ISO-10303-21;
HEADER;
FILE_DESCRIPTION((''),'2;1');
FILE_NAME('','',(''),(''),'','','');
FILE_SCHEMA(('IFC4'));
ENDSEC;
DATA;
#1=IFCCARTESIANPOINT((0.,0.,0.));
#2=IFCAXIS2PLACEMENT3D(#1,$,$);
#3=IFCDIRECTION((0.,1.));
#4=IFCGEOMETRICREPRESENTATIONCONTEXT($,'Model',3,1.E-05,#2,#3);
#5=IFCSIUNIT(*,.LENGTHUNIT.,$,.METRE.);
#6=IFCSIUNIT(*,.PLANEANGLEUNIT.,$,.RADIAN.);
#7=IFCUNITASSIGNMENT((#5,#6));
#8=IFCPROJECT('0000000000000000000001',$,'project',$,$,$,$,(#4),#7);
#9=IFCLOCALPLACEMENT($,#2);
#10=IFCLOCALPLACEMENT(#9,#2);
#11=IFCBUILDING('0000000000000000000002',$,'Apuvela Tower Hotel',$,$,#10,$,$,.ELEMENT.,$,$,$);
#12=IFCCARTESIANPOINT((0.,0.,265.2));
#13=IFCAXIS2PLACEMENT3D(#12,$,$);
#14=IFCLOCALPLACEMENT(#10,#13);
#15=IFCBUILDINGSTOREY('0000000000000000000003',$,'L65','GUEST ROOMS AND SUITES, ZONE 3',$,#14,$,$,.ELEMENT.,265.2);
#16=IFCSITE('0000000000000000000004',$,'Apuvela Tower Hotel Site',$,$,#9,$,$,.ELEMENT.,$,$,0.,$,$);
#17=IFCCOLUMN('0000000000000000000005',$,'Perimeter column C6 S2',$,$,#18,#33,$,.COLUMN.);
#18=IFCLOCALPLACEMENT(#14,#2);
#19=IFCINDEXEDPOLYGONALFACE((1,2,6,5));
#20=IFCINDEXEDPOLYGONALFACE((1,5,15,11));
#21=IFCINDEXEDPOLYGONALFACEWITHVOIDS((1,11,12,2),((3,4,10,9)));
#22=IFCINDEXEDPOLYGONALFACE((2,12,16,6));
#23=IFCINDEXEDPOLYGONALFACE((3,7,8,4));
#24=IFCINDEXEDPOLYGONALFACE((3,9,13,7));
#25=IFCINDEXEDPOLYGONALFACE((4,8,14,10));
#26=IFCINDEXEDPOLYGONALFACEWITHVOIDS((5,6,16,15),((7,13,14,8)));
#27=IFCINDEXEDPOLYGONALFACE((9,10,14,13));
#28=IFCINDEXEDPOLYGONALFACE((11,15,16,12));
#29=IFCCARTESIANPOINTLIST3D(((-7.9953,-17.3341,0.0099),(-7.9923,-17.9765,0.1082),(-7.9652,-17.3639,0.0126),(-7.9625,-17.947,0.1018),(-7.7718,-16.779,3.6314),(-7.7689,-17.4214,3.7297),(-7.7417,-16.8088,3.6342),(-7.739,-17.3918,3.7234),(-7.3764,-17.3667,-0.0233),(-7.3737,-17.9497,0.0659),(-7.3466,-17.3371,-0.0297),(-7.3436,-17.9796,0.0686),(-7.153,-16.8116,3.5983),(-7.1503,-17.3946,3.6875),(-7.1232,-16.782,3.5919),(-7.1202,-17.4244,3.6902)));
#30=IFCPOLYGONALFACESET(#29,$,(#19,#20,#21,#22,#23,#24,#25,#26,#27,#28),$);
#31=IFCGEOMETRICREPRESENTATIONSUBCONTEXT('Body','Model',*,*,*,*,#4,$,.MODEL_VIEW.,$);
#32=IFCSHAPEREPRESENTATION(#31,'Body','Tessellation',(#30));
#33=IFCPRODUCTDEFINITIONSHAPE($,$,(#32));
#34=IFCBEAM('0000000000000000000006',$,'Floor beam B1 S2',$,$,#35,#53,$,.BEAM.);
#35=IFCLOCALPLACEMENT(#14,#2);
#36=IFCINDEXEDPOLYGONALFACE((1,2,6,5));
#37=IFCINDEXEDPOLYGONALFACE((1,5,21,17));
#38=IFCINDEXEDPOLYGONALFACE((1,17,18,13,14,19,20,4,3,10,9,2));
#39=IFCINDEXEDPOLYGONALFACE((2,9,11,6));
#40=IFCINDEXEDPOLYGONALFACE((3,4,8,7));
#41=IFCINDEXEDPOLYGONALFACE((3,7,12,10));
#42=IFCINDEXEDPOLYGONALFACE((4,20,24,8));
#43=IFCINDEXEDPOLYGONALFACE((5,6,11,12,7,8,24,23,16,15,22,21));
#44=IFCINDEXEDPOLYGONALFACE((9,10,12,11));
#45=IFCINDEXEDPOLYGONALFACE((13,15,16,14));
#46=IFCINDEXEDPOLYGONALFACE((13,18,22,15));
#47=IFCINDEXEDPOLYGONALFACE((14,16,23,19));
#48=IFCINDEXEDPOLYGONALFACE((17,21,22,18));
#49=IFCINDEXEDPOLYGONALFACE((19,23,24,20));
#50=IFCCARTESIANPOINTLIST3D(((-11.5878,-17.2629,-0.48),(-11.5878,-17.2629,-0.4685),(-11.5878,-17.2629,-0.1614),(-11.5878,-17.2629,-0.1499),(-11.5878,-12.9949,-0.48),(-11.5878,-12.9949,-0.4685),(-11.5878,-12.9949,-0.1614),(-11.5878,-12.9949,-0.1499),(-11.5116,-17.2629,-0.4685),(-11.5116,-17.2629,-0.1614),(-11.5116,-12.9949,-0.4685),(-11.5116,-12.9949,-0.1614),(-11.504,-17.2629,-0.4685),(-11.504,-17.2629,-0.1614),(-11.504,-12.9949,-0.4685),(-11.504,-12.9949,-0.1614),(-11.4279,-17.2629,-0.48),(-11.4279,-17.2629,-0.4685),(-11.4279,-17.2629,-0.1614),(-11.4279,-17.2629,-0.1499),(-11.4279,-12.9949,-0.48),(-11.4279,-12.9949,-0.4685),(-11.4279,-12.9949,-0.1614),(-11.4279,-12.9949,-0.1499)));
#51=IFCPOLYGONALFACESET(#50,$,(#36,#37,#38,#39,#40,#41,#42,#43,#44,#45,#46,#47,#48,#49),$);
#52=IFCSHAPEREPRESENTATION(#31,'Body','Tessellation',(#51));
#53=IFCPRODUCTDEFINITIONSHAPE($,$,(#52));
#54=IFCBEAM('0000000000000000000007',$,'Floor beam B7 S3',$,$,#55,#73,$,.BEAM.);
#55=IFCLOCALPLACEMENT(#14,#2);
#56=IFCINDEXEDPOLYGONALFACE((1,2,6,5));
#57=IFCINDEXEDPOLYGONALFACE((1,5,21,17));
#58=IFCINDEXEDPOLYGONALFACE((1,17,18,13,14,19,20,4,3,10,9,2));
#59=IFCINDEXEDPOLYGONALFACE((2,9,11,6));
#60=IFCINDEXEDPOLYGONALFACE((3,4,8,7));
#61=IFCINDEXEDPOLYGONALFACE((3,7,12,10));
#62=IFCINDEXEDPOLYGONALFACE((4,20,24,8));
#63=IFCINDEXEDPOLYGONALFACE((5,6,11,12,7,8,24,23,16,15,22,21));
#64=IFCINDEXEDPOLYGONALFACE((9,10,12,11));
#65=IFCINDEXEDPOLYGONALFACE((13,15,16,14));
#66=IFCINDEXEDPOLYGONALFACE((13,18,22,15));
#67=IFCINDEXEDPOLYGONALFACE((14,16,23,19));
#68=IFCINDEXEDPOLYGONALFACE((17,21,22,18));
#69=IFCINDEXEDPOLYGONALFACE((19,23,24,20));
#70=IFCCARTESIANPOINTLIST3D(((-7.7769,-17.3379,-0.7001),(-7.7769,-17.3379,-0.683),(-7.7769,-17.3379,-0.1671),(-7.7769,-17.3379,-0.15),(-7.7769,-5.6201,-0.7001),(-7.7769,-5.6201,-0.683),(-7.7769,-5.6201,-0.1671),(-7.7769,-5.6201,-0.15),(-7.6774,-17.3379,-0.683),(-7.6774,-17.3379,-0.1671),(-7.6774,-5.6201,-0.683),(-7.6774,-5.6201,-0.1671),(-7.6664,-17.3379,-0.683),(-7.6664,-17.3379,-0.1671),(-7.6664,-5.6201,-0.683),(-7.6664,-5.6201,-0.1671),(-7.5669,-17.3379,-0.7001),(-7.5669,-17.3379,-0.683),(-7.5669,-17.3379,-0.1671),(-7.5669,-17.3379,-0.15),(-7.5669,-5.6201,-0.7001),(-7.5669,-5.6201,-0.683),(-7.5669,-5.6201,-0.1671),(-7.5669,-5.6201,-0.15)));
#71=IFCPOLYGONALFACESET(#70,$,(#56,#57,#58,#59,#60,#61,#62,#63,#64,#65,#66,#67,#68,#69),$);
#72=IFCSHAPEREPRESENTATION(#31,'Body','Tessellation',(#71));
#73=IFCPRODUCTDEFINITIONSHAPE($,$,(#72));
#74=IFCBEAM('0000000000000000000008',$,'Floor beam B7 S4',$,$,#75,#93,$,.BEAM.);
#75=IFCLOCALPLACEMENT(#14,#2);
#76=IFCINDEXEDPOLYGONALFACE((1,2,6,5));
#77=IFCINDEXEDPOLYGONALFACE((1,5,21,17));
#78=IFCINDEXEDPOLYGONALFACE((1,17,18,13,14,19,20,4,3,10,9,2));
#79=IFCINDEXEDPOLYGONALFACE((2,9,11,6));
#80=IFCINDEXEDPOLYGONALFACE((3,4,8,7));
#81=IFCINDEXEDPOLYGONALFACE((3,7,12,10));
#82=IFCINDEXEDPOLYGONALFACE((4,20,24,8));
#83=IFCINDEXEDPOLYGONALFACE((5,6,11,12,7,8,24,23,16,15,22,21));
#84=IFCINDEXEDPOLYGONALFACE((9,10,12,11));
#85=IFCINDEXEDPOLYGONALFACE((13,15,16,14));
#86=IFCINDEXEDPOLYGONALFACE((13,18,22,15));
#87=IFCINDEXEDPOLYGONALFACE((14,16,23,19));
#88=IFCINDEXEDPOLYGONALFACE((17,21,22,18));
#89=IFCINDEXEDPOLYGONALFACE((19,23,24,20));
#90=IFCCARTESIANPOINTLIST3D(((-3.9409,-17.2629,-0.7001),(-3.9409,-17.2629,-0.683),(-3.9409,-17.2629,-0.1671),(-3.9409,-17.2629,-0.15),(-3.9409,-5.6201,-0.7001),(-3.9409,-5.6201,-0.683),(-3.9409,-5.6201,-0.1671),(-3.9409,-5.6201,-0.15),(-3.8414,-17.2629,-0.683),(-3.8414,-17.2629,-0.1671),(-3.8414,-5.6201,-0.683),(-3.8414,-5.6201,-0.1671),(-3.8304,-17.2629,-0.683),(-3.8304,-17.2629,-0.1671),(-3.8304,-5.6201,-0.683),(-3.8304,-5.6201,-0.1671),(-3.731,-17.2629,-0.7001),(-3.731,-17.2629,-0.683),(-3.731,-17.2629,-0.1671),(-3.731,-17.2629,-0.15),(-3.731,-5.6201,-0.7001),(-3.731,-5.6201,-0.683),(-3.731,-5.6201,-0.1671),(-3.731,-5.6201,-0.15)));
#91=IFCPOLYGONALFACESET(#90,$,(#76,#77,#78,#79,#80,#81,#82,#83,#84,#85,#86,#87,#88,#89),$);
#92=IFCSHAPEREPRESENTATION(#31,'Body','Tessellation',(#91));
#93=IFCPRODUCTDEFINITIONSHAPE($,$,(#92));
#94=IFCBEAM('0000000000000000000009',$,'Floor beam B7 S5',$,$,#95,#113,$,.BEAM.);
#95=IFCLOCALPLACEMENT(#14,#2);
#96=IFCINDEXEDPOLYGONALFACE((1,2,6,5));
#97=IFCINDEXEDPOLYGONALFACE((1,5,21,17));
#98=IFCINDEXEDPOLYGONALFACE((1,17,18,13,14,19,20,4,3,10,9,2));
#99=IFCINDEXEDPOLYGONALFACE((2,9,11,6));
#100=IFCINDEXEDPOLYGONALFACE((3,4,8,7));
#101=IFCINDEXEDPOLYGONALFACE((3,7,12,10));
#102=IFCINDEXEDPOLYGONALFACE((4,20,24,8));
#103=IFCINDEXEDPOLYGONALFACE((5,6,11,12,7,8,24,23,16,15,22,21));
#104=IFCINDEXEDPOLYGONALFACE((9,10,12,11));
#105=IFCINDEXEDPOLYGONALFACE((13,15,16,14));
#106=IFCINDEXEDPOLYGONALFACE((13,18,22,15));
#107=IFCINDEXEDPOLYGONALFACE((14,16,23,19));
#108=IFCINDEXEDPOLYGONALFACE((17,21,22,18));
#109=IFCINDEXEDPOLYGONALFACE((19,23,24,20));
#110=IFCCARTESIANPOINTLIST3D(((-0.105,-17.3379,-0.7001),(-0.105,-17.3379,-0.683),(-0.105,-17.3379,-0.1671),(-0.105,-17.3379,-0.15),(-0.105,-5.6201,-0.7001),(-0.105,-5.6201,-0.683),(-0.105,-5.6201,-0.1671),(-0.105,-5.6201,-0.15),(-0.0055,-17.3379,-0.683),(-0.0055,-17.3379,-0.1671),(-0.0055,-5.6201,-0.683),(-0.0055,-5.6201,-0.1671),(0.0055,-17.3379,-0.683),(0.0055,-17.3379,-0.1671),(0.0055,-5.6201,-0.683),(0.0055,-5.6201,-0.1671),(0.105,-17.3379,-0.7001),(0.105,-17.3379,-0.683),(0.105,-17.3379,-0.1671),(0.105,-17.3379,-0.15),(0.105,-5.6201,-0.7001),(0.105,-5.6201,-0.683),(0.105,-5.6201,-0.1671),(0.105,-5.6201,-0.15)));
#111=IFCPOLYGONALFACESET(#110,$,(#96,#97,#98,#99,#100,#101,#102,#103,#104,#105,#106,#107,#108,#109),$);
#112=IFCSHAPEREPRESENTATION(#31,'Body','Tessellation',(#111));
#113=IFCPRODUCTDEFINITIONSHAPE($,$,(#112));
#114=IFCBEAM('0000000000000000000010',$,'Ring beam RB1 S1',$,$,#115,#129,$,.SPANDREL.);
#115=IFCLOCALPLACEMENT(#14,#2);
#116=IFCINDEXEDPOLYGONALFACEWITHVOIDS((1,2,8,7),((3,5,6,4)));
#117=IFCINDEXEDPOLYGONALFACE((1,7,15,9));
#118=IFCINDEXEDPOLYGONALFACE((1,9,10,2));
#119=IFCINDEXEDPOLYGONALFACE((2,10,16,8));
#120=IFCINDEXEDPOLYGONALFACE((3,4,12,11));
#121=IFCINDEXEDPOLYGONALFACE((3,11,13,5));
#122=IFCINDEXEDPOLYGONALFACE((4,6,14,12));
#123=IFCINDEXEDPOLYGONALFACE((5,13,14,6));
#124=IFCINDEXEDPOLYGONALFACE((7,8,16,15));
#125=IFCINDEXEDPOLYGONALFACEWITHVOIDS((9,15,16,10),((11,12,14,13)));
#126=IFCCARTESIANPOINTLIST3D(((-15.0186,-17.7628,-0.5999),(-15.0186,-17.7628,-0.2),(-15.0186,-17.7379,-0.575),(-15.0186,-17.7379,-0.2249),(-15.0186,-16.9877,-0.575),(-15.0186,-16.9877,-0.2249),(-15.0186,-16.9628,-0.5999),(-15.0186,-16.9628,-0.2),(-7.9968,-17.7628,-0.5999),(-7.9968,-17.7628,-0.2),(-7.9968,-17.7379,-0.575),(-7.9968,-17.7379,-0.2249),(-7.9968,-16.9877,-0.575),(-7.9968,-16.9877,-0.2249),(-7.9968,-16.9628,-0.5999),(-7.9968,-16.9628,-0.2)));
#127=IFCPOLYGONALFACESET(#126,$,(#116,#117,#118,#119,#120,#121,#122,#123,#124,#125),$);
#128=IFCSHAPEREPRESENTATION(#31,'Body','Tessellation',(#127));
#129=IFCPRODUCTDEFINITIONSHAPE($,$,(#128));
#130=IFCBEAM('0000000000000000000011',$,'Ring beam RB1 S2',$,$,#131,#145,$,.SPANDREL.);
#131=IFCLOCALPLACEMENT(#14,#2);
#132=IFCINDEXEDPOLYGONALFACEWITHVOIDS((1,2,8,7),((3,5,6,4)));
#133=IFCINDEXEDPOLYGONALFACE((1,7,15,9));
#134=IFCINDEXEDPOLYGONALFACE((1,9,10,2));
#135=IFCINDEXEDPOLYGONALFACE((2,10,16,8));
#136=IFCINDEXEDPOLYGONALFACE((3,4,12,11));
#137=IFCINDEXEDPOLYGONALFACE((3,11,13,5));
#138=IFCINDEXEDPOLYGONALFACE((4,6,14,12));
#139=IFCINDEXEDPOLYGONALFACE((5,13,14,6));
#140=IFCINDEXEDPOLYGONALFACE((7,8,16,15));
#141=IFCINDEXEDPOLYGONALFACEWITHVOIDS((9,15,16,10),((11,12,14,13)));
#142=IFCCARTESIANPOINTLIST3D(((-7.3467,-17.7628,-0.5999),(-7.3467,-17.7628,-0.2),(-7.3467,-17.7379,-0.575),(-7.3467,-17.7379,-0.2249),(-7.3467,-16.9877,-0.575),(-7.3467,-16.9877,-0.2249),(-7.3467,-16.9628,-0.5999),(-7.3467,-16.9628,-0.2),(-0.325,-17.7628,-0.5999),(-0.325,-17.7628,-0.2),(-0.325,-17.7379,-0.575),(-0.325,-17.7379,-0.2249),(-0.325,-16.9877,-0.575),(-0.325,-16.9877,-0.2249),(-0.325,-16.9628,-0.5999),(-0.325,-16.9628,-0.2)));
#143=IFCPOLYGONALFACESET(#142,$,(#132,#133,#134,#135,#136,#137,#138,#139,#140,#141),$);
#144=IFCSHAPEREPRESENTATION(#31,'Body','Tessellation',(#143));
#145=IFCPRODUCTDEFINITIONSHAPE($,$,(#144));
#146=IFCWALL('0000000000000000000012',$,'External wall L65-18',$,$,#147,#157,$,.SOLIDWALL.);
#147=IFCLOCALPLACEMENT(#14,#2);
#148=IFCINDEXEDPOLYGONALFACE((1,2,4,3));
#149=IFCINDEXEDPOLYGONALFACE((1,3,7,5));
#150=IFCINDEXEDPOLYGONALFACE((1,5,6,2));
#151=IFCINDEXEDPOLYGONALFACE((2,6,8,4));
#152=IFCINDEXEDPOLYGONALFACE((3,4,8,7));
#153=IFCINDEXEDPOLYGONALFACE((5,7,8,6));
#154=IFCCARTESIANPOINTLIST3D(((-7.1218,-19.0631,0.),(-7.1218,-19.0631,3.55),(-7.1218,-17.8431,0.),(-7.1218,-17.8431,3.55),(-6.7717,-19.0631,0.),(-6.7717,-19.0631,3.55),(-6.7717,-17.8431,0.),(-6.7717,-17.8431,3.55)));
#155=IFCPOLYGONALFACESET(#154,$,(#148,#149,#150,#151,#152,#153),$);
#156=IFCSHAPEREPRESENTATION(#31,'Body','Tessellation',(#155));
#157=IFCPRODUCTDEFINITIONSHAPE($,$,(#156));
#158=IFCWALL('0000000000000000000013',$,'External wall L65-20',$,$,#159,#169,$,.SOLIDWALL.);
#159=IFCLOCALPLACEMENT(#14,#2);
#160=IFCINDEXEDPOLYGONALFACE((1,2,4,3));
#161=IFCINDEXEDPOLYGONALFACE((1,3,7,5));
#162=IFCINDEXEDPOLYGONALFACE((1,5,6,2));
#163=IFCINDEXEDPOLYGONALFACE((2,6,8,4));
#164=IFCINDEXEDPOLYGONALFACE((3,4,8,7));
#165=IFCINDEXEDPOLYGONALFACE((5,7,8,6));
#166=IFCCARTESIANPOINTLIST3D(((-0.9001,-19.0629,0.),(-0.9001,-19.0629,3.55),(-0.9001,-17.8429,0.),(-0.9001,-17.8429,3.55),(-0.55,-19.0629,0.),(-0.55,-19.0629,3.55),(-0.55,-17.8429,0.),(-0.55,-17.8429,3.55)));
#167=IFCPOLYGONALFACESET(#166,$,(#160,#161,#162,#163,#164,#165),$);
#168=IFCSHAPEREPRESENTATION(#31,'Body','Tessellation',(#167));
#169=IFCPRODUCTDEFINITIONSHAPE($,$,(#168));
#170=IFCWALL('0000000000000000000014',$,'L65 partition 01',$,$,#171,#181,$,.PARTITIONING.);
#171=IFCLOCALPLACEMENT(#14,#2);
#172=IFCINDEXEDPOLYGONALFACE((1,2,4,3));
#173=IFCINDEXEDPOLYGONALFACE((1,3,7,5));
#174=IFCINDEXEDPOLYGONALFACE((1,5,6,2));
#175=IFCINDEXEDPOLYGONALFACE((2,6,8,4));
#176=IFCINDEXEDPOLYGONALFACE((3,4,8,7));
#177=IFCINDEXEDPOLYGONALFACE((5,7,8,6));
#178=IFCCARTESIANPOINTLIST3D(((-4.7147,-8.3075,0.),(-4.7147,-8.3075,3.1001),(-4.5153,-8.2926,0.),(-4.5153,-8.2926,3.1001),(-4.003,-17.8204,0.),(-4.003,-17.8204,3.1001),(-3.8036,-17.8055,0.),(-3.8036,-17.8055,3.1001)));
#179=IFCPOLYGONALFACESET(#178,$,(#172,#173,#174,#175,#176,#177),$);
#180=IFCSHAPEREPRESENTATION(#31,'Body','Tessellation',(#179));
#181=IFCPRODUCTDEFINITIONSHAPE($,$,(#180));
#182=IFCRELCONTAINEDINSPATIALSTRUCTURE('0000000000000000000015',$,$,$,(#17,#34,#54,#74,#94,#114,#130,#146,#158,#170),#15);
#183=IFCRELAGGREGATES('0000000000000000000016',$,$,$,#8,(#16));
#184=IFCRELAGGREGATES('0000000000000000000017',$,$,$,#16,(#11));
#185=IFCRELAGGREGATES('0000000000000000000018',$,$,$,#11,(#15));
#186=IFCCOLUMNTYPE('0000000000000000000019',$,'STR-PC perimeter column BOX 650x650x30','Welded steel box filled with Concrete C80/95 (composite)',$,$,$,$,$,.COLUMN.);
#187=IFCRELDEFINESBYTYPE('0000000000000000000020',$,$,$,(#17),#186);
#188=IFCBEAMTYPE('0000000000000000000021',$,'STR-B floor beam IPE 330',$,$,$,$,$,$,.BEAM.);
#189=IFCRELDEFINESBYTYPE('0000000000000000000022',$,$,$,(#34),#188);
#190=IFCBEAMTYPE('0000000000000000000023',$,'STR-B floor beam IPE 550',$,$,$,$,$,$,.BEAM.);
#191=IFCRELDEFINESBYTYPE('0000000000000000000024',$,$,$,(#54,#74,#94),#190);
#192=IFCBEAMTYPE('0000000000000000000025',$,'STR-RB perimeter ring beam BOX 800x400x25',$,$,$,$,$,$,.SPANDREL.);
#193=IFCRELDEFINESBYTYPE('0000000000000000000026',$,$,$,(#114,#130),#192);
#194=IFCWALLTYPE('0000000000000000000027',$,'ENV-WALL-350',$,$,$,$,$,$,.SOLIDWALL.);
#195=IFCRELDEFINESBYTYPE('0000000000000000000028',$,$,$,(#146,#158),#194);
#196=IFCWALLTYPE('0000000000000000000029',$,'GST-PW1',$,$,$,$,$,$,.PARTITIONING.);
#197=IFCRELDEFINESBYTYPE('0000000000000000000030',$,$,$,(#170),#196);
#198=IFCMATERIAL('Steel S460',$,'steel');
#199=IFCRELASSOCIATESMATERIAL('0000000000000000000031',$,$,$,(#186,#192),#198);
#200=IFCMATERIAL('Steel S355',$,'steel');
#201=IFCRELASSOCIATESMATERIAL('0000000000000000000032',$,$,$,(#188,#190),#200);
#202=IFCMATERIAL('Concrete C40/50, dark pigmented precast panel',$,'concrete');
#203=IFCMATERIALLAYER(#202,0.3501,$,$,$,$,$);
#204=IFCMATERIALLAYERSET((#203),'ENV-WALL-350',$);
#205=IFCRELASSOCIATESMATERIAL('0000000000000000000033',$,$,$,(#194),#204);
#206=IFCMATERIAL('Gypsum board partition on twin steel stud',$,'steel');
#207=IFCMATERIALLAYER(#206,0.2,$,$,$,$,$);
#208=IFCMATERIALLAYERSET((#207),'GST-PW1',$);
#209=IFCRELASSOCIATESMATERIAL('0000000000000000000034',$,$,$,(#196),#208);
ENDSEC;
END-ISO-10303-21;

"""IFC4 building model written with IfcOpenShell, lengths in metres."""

from ifc_helpers import new_model, si_unit, direction, frame, frame_2d, origin, origin_2d, place, context, subcontext, project, spatial, rectangle, hollow_rectangle, i_section, extrude, boolean, halfspace, material, layer, layer_set, material_profile, profile_set, type_object, element, save


model = new_model("IFC4")

# Units and contexts
model_context = context("Model", 3, precision=1e-05, world=origin(), true_north=direction((0.0, 1.0)))
body_context = subcontext(model_context, "Body", "Model", "MODEL_VIEW")
ifc_project = project(units=[si_unit("LENGTHUNIT", "METRE"), si_unit("PLANEANGLEUNIT", "RADIAN")], contexts=[model_context])

# Site, building, storey
site_placement = place(None, origin())
site = spatial("IfcSite", under=ifc_project, at=site_placement, Name="Apuvela Tower Hotel Site", CompositionType="ELEMENT", RefElevation=0.0)
building_placement = place(site_placement, origin())
building = spatial("IfcBuilding", under=site, at=building_placement, Name="Apuvela Tower Hotel", CompositionType="ELEMENT")
storey_placement = place(building_placement, frame((0.0, 0.0, 265.2)))
storey = spatial("IfcBuildingStorey", under=building, at=storey_placement, Name="L65", Description="GUEST ROOMS AND SUITES, ZONE 3", CompositionType="ELEMENT", Elevation=265.2)

# Column
ifc_material_1 = material(Name="Steel S460", Category="steel")
ifc_material_profile_1 = material_profile(ifc_material_1, hollow_rectangle(XDim=0.6499, YDim=0.6499, WallThickness=0.03, at=origin_2d()), Name="BOX 650x650x30")
ifc_material_2 = material(Name="Concrete C80/95", Category="concrete")
ifc_material_profile_2 = material_profile(ifc_material_2, rectangle(XDim=0.5901, YDim=0.5901, at=origin_2d()), Name="Concrete C80/95 infill")
ifc_profile_set_1 = profile_set([ifc_material_profile_1, ifc_material_profile_2], Name="Steel S460")
column_type = type_object("IfcColumnType", Name="STR-PC perimeter column BOX 650x650x30", Description="Welded steel box filled with Concrete C80/95 (composite)", PredefinedType="COLUMN", material=ifc_profile_set_1)
column_1_placement = place(storey_placement, frame((-7.6719, -17.6628, 0.0), z_axis=(0.06087, 0.151232, 0.986622), x_axis=(-0.998135, 0.004714, 0.060858)))
element("IfcColumn", 1, at=column_1_placement, inside=storey, type_object=column_type, Name="Perimeter column C6 S2", PredefinedType="COLUMN", context=body_context, shape_type="SweptSolid", body=[
    boolean("DIFFERENCE", boolean("DIFFERENCE", extrude(hollow_rectangle(XDim=0.6499, YDim=0.6499, WallThickness=0.03, at=origin_2d()), origin(), (0.0, 0.0, 1.0), 3.75), halfspace(frame((0.0, 0.0, 0.0398), z_axis=(0.0, 0.0, 1.0), x_axis=(1.0, 0.0, 0.0)), True)), halfspace(frame((0.0, 0.0, 3.7104), z_axis=(0.0, 0.0, 1.0), x_axis=(1.0, 0.0, 0.0)), False)),
])

# Beams
ifc_material_3 = material(Name="Steel S355", Category="steel")
ifc_material_profile_3 = material_profile(ifc_material_3, i_section(OverallWidth=0.1599, OverallDepth=0.3301, WebThickness=0.0076, FlangeThickness=0.0115, at=origin_2d()), Name="IPE 330")
ifc_profile_set_2 = profile_set([ifc_material_profile_3], Name="Steel S355")
beam_type_1 = type_object("IfcBeamType", Name="STR-B floor beam IPE 330", PredefinedType="BEAM", material=ifc_profile_set_2)
beam_1_placement = place(storey_placement, frame((-11.5078, -17.2629, -0.3149), z_axis=(0.0, 1.0, 0.0), x_axis=(-1.0, 0.0, 0.0)))
element("IfcBeam", 2, at=beam_1_placement, inside=storey, type_object=beam_type_1, Name="Floor beam B1 S2", PredefinedType="BEAM", context=body_context, shape_type="SweptSolid", body=[
    extrude(i_section(OverallWidth=0.1599, OverallDepth=0.3301, WebThickness=0.0076, FlangeThickness=0.0115, at=origin_2d()), origin(), (0.0, 0.0, 1.0), 4.2681),
])
ifc_material_profile_4 = material_profile(ifc_material_3, i_section(OverallWidth=0.21, OverallDepth=0.55, WebThickness=0.011, FlangeThickness=0.0171, at=origin_2d()), Name="IPE 550")
ifc_profile_set_3 = profile_set([ifc_material_profile_4], Name="Steel S355")
beam_type_2 = type_object("IfcBeamType", Name="STR-B floor beam IPE 550", PredefinedType="BEAM", material=ifc_profile_set_3)
beam_2_placement = place(storey_placement, frame((-7.6719, -17.3379, -0.425), z_axis=(0.0, 1.0, 0.0), x_axis=(-1.0, 0.0, 0.0)))
element("IfcBeam", 3, at=beam_2_placement, inside=storey, type_object=beam_type_2, Name="Floor beam B7 S3", PredefinedType="BEAM", context=body_context, shape_type="SweptSolid", body=[
    extrude(i_section(OverallWidth=0.21, OverallDepth=0.55, WebThickness=0.011, FlangeThickness=0.0171, at=origin_2d()), origin(), (0.0, 0.0, 1.0), 11.7178),
])
beam_3_placement = place(storey_placement, frame((-3.8359, -17.2629, -0.425), z_axis=(0.0, 1.0, 0.0), x_axis=(-1.0, 0.0, 0.0)))
element("IfcBeam", 4, at=beam_3_placement, inside=storey, type_object=beam_type_2, Name="Floor beam B7 S4", PredefinedType="BEAM", context=body_context, shape_type="SweptSolid", body=[
    extrude(i_section(OverallWidth=0.21, OverallDepth=0.55, WebThickness=0.011, FlangeThickness=0.0171, at=origin_2d()), origin(), (0.0, 0.0, 1.0), 11.6428),
])
beam_4_placement = place(storey_placement, frame((0.0, -17.3379, -0.425), z_axis=(0.0, 1.0, 0.0), x_axis=(-1.0, 0.0, 0.0)))
element("IfcBeam", 5, at=beam_4_placement, inside=storey, type_object=beam_type_2, Name="Floor beam B7 S5", PredefinedType="BEAM", context=body_context, shape_type="SweptSolid", body=[
    extrude(i_section(OverallWidth=0.21, OverallDepth=0.55, WebThickness=0.011, FlangeThickness=0.0171, at=origin_2d()), origin(), (0.0, 0.0, 1.0), 11.7178),
])
ifc_material_profile_5 = material_profile(ifc_material_1, hollow_rectangle(XDim=0.8, YDim=0.3999, WallThickness=0.0249, at=origin_2d()), Name="BOX 800x400x25")
ifc_profile_set_4 = profile_set([ifc_material_profile_5], Name="Steel S460")
beam_type_3 = type_object("IfcBeamType", Name="STR-RB perimeter ring beam BOX 800x400x25", PredefinedType="SPANDREL", material=ifc_profile_set_4)
for number, where, z_axis, x_axis, name in (
    (6, (-15.0186, -17.3628, -0.3999), (1.0, 0.0, 0.0), (0.0, 1.0, 0.0), "Ring beam RB1 S1"),
    (7, (-7.3467, -17.3628, -0.3999), (1.0, 0.0, 0.0), (0.0, 1.0, 0.0), "Ring beam RB1 S2"),
):
    element("IfcBeam", number, at=place(storey_placement, frame(where, z_axis=z_axis, x_axis=x_axis)), inside=storey, type_object=beam_type_3, Name=name, PredefinedType="SPANDREL", context=body_context, shape_type="SweptSolid", body=[
        extrude(hollow_rectangle(XDim=0.8, YDim=0.3999, WallThickness=0.0249, at=origin_2d()), origin(), (0.0, 0.0, 1.0), 7.0217),
    ])

# Wall
ifc_material_4 = material(Name="Concrete C40/50, dark pigmented precast panel", Category="concrete")
ifc_layer_1 = layer(ifc_material_4, 0.3501)
ifc_layer_set_1 = layer_set([ifc_layer_1], Name="ENV-WALL-350")
wall_type_1 = type_object("IfcWallType", Name="ENV-WALL-350", PredefinedType="SOLIDWALL", material=ifc_layer_set_1)
wall_1_placement = place(storey_placement, frame((-6.9468, -19.063, 0.0), z_axis=(0.0, 0.0, 1.0), x_axis=(0.0, 1.0, 0.0)))
element("IfcWall", 8, at=wall_1_placement, inside=storey, type_object=wall_type_1, Name="External wall L65-18", PredefinedType="SOLIDWALL", context=body_context, shape_type="SweptSolid", body=[
    extrude(rectangle(XDim=1.22, YDim=0.3501, at=frame_2d((0.6099, 0.0))), origin(), (0.0, 0.0, 1.0), 3.55),
])

# Wall
wall_2_placement = place(storey_placement, frame((-0.7251, -17.843, 0.0), z_axis=(0.0, 0.0, 1.0), x_axis=(0.0, -1.0, 0.0)))
element("IfcWall", 9, at=wall_2_placement, inside=storey, type_object=wall_type_1, Name="External wall L65-20", PredefinedType="SOLIDWALL", context=body_context, shape_type="SweptSolid", body=[
    extrude(rectangle(XDim=1.22, YDim=0.3501, at=frame_2d((0.6099, 0.0))), origin(), (0.0, 0.0, 1.0), 3.55),
])

# Wall
ifc_material_5 = material(Name="Gypsum board partition on twin steel stud", Category="steel")
ifc_layer_2 = layer(ifc_material_5, 0.2)
ifc_layer_set_2 = layer_set([ifc_layer_2], Name="GST-PW1")
wall_type_2 = type_object("IfcWallType", Name="GST-PW1", PredefinedType="PARTITIONING", material=ifc_layer_set_2)
wall_3_placement = place(storey_placement, frame((-3.9033, -17.813, 0.0), z_axis=(0.0, 0.0, 1.0), x_axis=(-0.074602, 0.997213, 0.0)))
element("IfcWall", 10, at=wall_3_placement, inside=storey, type_object=wall_type_2, Name="L65 partition 01", PredefinedType="PARTITIONING", context=body_context, shape_type="SweptSolid", body=[
    extrude(rectangle(XDim=9.5396, YDim=0.2, at=frame_2d((4.7698, 0.0))), origin(), (0.0, 0.0, 1.0), 3.1001),
])

save(model, "model.ifc")
